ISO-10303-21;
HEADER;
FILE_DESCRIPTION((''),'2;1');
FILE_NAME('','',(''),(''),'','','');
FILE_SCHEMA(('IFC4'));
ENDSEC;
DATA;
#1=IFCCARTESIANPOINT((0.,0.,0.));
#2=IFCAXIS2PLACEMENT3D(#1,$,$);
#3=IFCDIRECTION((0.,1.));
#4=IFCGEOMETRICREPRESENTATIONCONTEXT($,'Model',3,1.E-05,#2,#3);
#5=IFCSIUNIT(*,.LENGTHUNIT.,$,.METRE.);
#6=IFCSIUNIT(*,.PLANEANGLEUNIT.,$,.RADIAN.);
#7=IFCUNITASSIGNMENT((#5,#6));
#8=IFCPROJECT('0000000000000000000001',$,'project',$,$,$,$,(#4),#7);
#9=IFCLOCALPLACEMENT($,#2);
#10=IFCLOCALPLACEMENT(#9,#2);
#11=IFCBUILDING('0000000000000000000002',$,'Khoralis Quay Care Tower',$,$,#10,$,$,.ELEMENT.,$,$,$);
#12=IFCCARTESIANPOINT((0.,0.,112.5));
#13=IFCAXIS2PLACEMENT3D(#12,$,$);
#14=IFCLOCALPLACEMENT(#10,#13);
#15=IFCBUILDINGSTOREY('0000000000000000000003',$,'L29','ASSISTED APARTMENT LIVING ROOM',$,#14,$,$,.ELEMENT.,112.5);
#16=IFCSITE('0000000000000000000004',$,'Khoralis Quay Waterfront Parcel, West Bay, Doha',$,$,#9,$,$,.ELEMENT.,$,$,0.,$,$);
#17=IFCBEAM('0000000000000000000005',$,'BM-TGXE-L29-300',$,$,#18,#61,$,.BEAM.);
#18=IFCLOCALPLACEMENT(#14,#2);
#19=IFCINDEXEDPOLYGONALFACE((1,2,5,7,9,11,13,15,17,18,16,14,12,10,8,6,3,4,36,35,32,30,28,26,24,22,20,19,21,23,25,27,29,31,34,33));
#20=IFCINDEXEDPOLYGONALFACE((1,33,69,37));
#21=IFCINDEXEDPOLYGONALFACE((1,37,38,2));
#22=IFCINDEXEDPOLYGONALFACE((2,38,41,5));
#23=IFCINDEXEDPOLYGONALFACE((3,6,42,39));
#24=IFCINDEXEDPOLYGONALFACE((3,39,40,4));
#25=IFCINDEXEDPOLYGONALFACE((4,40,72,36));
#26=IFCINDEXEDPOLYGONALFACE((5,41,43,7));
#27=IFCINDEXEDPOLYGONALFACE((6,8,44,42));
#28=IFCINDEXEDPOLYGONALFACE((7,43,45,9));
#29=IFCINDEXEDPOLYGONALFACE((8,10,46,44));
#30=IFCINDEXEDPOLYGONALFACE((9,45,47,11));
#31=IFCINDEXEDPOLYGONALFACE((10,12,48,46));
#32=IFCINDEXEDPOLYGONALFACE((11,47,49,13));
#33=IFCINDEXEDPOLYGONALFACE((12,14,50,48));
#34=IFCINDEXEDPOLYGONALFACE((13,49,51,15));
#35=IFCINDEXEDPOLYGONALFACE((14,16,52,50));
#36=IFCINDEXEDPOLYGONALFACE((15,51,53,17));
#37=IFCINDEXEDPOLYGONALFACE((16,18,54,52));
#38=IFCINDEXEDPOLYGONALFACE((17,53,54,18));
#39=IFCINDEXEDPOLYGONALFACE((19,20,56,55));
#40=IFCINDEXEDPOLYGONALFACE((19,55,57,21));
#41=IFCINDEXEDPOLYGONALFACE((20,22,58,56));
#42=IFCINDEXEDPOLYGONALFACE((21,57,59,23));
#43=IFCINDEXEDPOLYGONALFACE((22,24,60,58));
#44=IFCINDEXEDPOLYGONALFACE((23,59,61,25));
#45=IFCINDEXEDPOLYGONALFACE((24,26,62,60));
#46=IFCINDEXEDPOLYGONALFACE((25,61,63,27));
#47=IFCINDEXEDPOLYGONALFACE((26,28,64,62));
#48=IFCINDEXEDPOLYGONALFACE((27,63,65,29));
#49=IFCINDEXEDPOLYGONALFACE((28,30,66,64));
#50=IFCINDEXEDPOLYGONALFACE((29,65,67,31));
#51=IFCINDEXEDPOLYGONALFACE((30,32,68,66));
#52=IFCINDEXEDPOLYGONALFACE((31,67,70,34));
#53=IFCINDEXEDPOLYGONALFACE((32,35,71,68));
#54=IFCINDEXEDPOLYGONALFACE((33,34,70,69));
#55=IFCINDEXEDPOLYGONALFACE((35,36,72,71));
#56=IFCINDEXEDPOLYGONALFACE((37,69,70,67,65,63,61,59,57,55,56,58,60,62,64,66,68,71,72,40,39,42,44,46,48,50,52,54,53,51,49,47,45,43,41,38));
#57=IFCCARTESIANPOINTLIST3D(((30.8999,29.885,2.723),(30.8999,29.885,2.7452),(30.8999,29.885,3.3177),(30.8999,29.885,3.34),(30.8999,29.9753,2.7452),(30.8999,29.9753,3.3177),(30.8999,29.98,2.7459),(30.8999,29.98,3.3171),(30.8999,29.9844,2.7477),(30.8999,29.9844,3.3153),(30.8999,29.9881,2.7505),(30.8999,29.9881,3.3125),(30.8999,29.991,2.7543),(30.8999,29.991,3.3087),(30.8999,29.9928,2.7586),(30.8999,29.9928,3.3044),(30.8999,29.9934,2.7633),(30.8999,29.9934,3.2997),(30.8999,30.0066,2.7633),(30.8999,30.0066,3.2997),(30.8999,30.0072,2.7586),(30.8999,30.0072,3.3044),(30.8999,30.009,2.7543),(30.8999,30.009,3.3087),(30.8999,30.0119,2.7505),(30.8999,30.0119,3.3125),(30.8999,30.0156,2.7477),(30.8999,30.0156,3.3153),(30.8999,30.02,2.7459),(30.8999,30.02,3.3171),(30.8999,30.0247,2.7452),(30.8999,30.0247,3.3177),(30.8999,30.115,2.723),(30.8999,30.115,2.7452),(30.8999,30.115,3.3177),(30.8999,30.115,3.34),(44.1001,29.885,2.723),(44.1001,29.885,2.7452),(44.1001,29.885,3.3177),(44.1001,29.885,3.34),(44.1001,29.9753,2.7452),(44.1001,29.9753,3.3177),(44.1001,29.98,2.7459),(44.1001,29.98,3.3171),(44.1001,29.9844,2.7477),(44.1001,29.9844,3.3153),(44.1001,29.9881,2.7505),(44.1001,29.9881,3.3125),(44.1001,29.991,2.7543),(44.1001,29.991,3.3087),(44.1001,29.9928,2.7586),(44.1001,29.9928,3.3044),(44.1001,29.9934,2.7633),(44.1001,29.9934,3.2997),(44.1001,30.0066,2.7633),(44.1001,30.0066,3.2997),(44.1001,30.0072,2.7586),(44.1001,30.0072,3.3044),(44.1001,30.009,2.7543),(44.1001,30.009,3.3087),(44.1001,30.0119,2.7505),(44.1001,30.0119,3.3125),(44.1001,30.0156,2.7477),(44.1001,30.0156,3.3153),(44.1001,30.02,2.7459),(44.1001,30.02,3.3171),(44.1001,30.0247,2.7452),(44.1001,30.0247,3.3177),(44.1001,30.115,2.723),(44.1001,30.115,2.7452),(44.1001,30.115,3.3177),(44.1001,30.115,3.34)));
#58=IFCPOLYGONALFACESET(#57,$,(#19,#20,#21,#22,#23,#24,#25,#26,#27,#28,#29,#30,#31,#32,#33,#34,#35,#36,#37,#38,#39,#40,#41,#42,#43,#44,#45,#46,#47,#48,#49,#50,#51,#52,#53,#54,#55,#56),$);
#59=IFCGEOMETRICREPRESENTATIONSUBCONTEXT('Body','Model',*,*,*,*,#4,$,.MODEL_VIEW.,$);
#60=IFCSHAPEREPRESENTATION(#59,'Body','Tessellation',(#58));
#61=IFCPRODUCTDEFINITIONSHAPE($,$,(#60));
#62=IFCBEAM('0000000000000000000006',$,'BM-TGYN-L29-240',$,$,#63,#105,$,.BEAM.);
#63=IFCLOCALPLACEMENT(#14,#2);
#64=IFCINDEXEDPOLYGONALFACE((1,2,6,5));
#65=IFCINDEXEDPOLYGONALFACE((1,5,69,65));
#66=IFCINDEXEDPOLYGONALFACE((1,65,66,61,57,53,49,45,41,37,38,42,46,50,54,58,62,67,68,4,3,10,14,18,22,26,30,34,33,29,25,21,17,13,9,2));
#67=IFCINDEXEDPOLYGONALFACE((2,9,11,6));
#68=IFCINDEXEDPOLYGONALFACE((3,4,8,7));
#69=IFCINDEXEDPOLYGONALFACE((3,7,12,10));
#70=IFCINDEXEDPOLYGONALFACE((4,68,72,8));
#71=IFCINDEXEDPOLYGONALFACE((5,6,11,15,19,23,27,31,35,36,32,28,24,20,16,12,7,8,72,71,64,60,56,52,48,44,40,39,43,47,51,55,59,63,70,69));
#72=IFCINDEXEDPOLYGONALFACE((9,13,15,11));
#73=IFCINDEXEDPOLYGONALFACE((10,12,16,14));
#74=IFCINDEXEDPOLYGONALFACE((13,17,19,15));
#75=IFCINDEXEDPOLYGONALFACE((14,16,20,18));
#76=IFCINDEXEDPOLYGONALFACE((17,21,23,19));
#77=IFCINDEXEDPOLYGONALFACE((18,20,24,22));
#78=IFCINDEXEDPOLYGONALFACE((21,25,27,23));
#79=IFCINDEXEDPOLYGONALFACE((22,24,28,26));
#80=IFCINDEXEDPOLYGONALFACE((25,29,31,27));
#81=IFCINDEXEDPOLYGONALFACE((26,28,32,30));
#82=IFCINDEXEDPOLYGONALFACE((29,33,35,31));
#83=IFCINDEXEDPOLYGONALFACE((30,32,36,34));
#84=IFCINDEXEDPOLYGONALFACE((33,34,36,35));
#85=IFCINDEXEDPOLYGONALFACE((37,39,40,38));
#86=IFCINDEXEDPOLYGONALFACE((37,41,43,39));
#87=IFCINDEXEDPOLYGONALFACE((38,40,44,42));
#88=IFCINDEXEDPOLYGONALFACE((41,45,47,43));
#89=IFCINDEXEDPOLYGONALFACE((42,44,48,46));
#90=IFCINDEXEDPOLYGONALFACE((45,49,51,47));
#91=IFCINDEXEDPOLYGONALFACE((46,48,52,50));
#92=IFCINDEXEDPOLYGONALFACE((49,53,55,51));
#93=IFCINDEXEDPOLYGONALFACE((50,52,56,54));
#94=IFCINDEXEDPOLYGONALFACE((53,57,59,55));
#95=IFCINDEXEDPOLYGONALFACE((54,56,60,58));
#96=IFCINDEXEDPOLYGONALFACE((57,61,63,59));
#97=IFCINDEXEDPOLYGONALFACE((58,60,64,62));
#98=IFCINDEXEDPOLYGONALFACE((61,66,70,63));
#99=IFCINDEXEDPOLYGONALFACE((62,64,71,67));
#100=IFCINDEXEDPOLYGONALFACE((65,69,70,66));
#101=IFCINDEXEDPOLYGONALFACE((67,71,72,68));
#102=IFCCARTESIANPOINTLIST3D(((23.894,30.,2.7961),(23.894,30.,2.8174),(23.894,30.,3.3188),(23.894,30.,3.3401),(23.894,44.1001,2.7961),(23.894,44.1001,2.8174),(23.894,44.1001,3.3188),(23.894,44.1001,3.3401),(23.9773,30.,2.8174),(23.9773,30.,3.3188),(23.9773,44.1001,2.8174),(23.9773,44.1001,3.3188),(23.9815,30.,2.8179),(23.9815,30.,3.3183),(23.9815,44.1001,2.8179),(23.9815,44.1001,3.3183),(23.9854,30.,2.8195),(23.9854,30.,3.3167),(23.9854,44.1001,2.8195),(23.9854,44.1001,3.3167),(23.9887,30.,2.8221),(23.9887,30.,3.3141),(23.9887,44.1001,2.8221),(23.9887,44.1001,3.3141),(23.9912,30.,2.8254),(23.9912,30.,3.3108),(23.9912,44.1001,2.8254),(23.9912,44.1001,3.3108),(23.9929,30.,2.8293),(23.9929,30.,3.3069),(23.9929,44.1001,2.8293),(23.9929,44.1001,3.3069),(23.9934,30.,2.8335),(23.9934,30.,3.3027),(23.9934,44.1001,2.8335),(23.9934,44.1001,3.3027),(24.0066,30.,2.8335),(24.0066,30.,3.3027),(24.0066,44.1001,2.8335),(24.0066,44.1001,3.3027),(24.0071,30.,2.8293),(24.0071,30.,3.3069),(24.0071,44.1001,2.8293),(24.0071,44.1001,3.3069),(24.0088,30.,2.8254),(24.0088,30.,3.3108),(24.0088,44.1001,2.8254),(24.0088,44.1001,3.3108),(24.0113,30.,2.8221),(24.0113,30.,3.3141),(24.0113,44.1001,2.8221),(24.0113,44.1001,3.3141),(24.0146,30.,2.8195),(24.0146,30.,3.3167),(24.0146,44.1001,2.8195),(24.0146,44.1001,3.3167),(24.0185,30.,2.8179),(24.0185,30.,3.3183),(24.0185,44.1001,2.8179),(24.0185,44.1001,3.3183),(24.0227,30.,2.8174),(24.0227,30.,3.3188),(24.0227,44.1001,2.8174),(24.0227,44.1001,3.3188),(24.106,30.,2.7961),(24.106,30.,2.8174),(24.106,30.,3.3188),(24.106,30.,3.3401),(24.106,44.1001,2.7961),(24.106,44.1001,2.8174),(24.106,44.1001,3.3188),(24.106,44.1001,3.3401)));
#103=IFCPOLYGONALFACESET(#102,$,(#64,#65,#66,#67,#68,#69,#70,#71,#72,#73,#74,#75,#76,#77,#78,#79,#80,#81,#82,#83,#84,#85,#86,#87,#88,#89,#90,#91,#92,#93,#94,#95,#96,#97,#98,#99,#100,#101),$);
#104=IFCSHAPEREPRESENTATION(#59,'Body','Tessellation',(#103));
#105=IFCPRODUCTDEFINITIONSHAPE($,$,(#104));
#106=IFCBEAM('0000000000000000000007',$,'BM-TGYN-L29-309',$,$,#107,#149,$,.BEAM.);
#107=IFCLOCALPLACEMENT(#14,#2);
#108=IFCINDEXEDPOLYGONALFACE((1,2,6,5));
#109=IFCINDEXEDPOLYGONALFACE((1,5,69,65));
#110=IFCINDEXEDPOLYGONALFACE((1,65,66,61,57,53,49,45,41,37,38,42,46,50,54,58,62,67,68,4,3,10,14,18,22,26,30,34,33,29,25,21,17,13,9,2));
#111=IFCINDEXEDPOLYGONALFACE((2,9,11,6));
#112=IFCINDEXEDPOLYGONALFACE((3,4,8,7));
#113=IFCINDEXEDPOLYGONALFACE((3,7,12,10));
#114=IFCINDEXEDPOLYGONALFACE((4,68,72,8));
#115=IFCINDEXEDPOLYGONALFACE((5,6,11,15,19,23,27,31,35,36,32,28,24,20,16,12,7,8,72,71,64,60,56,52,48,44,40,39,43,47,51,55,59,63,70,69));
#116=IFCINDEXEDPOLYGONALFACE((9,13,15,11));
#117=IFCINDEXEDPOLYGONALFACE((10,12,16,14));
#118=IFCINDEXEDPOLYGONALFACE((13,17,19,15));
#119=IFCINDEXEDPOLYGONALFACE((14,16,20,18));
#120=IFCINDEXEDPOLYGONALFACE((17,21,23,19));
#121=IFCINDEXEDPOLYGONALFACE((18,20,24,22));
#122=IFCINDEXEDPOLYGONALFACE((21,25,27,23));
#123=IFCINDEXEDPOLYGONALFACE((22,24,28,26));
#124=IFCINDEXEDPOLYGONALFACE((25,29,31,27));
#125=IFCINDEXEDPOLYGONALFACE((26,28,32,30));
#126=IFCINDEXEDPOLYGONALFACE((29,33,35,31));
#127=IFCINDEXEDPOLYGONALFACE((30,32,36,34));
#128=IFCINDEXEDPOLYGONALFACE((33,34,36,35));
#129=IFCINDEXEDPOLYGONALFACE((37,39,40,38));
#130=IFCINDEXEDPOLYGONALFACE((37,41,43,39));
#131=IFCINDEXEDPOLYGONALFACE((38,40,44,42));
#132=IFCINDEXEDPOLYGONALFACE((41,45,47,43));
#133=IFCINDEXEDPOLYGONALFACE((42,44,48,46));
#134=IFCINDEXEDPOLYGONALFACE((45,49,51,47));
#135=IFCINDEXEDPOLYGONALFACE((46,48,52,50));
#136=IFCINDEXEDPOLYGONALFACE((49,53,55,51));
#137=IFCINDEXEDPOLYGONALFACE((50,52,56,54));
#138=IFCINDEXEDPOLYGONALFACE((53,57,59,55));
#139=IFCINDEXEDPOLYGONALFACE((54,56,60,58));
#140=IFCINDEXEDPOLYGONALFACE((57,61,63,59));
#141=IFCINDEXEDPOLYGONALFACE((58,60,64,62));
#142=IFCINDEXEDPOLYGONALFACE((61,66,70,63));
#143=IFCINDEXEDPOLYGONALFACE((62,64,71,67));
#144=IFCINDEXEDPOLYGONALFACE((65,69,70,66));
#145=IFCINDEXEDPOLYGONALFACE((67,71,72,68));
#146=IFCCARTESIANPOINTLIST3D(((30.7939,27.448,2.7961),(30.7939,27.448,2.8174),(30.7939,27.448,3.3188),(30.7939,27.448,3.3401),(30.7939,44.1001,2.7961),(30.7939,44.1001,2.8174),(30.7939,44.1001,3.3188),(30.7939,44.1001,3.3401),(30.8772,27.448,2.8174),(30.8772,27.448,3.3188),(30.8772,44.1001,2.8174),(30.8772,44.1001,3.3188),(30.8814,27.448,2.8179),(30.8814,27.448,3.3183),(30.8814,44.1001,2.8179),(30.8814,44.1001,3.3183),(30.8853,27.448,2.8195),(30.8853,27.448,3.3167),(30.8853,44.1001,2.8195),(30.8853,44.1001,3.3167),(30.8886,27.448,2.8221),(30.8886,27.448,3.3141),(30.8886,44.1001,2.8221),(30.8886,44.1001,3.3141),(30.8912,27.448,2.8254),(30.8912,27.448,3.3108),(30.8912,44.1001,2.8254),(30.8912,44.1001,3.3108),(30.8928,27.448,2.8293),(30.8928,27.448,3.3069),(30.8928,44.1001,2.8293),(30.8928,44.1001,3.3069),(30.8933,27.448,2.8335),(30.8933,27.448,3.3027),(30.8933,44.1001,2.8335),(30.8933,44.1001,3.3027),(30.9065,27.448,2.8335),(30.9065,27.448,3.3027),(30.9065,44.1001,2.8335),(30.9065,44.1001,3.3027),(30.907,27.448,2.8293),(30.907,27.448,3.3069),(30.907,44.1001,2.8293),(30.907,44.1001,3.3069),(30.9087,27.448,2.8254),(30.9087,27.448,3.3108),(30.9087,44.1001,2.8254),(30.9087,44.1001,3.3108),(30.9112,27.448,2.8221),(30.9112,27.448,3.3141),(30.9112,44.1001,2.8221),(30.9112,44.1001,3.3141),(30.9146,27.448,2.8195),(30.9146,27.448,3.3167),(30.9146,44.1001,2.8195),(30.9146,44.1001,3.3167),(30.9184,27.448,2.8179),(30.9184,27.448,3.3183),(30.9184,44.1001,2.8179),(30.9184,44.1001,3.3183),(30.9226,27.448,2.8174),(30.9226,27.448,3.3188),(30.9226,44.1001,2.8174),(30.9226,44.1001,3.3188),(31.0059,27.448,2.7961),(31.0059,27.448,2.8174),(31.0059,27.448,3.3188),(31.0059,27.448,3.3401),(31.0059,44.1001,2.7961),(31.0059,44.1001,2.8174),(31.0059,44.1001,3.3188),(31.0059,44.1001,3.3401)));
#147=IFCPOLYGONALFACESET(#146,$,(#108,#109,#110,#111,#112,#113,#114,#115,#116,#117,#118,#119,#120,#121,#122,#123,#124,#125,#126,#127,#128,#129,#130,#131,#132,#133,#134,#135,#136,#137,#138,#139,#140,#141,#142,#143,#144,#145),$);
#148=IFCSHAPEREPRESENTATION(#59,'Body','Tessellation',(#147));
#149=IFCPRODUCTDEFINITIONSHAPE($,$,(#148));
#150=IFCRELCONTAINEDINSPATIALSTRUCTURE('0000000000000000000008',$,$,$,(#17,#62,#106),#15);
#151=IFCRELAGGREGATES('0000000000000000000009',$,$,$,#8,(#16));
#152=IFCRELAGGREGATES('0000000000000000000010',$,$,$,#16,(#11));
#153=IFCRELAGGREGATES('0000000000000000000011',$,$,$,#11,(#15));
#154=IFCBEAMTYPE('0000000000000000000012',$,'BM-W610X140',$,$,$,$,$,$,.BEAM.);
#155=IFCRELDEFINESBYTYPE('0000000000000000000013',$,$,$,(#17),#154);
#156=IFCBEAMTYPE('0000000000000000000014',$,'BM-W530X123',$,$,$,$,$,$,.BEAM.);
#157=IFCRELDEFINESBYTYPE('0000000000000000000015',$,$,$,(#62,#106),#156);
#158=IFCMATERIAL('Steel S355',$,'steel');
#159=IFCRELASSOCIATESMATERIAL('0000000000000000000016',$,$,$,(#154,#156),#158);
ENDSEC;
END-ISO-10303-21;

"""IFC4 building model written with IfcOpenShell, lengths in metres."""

from ifc_helpers import new_model, si_unit, direction, frame, origin, origin_2d, place, context, subcontext, project, spatial, i_section, extrude, source, transform, mapped, material, material_profile, profile_set, type_object, element, save


model = new_model("IFC4")

# Units and contexts
model_context = context("Model", 3, precision=1e-05, world=origin(), true_north=direction((0.0, 1.0)))
body_context = subcontext(model_context, "Body", "Model", "MODEL_VIEW")
ifc_project = project(units=[si_unit("LENGTHUNIT", "METRE"), si_unit("PLANEANGLEUNIT", "RADIAN")], contexts=[model_context])

# Site, building, storey
site_placement = place(None, origin())
site = spatial("IfcSite", under=ifc_project, at=site_placement, Name="Khoralis Quay Waterfront Parcel, West Bay, Doha", CompositionType="ELEMENT", RefElevation=0.0)
building_placement = place(site_placement, origin())
building = spatial("IfcBuilding", under=site, at=building_placement, Name="Khoralis Quay Care Tower", CompositionType="ELEMENT")
storey_placement = place(building_placement, frame((0.0, 0.0, 112.5)))
storey = spatial("IfcBuildingStorey", under=building, at=storey_placement, Name="L29", Description="ASSISTED APARTMENT LIVING ROOM", CompositionType="ELEMENT", Elevation=112.5)

# Beams
ifc_material_1 = material(Name="Steel S355", Category="steel")
ifc_material_profile_1 = material_profile(ifc_material_1, i_section(OverallWidth=0.23, OverallDepth=0.6169, WebThickness=0.0132, FlangeThickness=0.0222, FilletRadius=0.0181, at=origin_2d()), Name="Steel S355")
ifc_profile_set_1 = profile_set([ifc_material_profile_1], Name="Steel S355")
beam_type_1 = type_object("IfcBeamType", Name="BM-W610X140", PredefinedType="BEAM", material=ifc_profile_set_1)
shared_shape_1 = source(origin(), body_context, "Body", "SweptSolid", [
    extrude(i_section(OverallWidth=0.23, OverallDepth=0.6169, WebThickness=0.0132, FlangeThickness=0.0222, FilletRadius=0.0181, at=origin_2d()), origin(), (0.0, 0.0, 1.0), 13.2002),
])
beam_1_placement = place(storey_placement, frame((30.8999, 30.0, 3.0315), z_axis=(1.0, 0.0, 0.0), x_axis=(0.0, 1.0, 0.0)))
element("IfcBeam", 1, at=beam_1_placement, inside=storey, type_object=beam_type_1, Name="BM-TGXE-L29-300", PredefinedType="BEAM", context=body_context, shape_type="MappedRepresentation", body=[
    mapped(shared_shape_1, transform((0.0, 0.0, 0.0), scale=1.0)),
])
ifc_material_profile_2 = material_profile(ifc_material_1, i_section(OverallWidth=0.2119, OverallDepth=0.5439, WebThickness=0.0132, FlangeThickness=0.0212, FilletRadius=0.0161, at=origin_2d()), Name="Steel S355")
ifc_profile_set_2 = profile_set([ifc_material_profile_2], Name="Steel S355")
beam_type_2 = type_object("IfcBeamType", Name="BM-W530X123", PredefinedType="BEAM", material=ifc_profile_set_2)
shared_shape_2 = source(origin(), body_context, "Body", "SweptSolid", [
    extrude(i_section(OverallWidth=0.2119, OverallDepth=0.5439, WebThickness=0.0132, FlangeThickness=0.0212, FilletRadius=0.0161, at=origin_2d()), origin(), (0.0, 0.0, 1.0), 14.1001),
])
beam_2_placement = place(storey_placement, frame((24.0, 30.0, 3.0681), z_axis=(0.0, 1.0, 0.0), x_axis=(-1.0, 0.0, 0.0)))
element("IfcBeam", 2, at=beam_2_placement, inside=storey, type_object=beam_type_2, Name="BM-TGYN-L29-240", PredefinedType="BEAM", context=body_context, shape_type="MappedRepresentation", body=[
    mapped(shared_shape_2, transform((0.0, 0.0, 0.0), scale=1.0)),
])
shared_shape_3 = source(origin(), body_context, "Body", "SweptSolid", [
    extrude(i_section(OverallWidth=0.2119, OverallDepth=0.5439, WebThickness=0.0132, FlangeThickness=0.0212, FilletRadius=0.0161, at=origin_2d()), origin(), (0.0, 0.0, 1.0), 16.6521),
])
beam_3_placement = place(storey_placement, frame((30.8999, 27.448, 3.0681), z_axis=(0.0, 1.0, 0.0), x_axis=(-1.0, 0.0, 0.0)))
element("IfcBeam", 3, at=beam_3_placement, inside=storey, type_object=beam_type_2, Name="BM-TGYN-L29-309", PredefinedType="BEAM", context=body_context, shape_type="MappedRepresentation", body=[
    mapped(shared_shape_3, transform((0.0, 0.0, 0.0), scale=1.0)),
])

save(model, "model.ifc")
